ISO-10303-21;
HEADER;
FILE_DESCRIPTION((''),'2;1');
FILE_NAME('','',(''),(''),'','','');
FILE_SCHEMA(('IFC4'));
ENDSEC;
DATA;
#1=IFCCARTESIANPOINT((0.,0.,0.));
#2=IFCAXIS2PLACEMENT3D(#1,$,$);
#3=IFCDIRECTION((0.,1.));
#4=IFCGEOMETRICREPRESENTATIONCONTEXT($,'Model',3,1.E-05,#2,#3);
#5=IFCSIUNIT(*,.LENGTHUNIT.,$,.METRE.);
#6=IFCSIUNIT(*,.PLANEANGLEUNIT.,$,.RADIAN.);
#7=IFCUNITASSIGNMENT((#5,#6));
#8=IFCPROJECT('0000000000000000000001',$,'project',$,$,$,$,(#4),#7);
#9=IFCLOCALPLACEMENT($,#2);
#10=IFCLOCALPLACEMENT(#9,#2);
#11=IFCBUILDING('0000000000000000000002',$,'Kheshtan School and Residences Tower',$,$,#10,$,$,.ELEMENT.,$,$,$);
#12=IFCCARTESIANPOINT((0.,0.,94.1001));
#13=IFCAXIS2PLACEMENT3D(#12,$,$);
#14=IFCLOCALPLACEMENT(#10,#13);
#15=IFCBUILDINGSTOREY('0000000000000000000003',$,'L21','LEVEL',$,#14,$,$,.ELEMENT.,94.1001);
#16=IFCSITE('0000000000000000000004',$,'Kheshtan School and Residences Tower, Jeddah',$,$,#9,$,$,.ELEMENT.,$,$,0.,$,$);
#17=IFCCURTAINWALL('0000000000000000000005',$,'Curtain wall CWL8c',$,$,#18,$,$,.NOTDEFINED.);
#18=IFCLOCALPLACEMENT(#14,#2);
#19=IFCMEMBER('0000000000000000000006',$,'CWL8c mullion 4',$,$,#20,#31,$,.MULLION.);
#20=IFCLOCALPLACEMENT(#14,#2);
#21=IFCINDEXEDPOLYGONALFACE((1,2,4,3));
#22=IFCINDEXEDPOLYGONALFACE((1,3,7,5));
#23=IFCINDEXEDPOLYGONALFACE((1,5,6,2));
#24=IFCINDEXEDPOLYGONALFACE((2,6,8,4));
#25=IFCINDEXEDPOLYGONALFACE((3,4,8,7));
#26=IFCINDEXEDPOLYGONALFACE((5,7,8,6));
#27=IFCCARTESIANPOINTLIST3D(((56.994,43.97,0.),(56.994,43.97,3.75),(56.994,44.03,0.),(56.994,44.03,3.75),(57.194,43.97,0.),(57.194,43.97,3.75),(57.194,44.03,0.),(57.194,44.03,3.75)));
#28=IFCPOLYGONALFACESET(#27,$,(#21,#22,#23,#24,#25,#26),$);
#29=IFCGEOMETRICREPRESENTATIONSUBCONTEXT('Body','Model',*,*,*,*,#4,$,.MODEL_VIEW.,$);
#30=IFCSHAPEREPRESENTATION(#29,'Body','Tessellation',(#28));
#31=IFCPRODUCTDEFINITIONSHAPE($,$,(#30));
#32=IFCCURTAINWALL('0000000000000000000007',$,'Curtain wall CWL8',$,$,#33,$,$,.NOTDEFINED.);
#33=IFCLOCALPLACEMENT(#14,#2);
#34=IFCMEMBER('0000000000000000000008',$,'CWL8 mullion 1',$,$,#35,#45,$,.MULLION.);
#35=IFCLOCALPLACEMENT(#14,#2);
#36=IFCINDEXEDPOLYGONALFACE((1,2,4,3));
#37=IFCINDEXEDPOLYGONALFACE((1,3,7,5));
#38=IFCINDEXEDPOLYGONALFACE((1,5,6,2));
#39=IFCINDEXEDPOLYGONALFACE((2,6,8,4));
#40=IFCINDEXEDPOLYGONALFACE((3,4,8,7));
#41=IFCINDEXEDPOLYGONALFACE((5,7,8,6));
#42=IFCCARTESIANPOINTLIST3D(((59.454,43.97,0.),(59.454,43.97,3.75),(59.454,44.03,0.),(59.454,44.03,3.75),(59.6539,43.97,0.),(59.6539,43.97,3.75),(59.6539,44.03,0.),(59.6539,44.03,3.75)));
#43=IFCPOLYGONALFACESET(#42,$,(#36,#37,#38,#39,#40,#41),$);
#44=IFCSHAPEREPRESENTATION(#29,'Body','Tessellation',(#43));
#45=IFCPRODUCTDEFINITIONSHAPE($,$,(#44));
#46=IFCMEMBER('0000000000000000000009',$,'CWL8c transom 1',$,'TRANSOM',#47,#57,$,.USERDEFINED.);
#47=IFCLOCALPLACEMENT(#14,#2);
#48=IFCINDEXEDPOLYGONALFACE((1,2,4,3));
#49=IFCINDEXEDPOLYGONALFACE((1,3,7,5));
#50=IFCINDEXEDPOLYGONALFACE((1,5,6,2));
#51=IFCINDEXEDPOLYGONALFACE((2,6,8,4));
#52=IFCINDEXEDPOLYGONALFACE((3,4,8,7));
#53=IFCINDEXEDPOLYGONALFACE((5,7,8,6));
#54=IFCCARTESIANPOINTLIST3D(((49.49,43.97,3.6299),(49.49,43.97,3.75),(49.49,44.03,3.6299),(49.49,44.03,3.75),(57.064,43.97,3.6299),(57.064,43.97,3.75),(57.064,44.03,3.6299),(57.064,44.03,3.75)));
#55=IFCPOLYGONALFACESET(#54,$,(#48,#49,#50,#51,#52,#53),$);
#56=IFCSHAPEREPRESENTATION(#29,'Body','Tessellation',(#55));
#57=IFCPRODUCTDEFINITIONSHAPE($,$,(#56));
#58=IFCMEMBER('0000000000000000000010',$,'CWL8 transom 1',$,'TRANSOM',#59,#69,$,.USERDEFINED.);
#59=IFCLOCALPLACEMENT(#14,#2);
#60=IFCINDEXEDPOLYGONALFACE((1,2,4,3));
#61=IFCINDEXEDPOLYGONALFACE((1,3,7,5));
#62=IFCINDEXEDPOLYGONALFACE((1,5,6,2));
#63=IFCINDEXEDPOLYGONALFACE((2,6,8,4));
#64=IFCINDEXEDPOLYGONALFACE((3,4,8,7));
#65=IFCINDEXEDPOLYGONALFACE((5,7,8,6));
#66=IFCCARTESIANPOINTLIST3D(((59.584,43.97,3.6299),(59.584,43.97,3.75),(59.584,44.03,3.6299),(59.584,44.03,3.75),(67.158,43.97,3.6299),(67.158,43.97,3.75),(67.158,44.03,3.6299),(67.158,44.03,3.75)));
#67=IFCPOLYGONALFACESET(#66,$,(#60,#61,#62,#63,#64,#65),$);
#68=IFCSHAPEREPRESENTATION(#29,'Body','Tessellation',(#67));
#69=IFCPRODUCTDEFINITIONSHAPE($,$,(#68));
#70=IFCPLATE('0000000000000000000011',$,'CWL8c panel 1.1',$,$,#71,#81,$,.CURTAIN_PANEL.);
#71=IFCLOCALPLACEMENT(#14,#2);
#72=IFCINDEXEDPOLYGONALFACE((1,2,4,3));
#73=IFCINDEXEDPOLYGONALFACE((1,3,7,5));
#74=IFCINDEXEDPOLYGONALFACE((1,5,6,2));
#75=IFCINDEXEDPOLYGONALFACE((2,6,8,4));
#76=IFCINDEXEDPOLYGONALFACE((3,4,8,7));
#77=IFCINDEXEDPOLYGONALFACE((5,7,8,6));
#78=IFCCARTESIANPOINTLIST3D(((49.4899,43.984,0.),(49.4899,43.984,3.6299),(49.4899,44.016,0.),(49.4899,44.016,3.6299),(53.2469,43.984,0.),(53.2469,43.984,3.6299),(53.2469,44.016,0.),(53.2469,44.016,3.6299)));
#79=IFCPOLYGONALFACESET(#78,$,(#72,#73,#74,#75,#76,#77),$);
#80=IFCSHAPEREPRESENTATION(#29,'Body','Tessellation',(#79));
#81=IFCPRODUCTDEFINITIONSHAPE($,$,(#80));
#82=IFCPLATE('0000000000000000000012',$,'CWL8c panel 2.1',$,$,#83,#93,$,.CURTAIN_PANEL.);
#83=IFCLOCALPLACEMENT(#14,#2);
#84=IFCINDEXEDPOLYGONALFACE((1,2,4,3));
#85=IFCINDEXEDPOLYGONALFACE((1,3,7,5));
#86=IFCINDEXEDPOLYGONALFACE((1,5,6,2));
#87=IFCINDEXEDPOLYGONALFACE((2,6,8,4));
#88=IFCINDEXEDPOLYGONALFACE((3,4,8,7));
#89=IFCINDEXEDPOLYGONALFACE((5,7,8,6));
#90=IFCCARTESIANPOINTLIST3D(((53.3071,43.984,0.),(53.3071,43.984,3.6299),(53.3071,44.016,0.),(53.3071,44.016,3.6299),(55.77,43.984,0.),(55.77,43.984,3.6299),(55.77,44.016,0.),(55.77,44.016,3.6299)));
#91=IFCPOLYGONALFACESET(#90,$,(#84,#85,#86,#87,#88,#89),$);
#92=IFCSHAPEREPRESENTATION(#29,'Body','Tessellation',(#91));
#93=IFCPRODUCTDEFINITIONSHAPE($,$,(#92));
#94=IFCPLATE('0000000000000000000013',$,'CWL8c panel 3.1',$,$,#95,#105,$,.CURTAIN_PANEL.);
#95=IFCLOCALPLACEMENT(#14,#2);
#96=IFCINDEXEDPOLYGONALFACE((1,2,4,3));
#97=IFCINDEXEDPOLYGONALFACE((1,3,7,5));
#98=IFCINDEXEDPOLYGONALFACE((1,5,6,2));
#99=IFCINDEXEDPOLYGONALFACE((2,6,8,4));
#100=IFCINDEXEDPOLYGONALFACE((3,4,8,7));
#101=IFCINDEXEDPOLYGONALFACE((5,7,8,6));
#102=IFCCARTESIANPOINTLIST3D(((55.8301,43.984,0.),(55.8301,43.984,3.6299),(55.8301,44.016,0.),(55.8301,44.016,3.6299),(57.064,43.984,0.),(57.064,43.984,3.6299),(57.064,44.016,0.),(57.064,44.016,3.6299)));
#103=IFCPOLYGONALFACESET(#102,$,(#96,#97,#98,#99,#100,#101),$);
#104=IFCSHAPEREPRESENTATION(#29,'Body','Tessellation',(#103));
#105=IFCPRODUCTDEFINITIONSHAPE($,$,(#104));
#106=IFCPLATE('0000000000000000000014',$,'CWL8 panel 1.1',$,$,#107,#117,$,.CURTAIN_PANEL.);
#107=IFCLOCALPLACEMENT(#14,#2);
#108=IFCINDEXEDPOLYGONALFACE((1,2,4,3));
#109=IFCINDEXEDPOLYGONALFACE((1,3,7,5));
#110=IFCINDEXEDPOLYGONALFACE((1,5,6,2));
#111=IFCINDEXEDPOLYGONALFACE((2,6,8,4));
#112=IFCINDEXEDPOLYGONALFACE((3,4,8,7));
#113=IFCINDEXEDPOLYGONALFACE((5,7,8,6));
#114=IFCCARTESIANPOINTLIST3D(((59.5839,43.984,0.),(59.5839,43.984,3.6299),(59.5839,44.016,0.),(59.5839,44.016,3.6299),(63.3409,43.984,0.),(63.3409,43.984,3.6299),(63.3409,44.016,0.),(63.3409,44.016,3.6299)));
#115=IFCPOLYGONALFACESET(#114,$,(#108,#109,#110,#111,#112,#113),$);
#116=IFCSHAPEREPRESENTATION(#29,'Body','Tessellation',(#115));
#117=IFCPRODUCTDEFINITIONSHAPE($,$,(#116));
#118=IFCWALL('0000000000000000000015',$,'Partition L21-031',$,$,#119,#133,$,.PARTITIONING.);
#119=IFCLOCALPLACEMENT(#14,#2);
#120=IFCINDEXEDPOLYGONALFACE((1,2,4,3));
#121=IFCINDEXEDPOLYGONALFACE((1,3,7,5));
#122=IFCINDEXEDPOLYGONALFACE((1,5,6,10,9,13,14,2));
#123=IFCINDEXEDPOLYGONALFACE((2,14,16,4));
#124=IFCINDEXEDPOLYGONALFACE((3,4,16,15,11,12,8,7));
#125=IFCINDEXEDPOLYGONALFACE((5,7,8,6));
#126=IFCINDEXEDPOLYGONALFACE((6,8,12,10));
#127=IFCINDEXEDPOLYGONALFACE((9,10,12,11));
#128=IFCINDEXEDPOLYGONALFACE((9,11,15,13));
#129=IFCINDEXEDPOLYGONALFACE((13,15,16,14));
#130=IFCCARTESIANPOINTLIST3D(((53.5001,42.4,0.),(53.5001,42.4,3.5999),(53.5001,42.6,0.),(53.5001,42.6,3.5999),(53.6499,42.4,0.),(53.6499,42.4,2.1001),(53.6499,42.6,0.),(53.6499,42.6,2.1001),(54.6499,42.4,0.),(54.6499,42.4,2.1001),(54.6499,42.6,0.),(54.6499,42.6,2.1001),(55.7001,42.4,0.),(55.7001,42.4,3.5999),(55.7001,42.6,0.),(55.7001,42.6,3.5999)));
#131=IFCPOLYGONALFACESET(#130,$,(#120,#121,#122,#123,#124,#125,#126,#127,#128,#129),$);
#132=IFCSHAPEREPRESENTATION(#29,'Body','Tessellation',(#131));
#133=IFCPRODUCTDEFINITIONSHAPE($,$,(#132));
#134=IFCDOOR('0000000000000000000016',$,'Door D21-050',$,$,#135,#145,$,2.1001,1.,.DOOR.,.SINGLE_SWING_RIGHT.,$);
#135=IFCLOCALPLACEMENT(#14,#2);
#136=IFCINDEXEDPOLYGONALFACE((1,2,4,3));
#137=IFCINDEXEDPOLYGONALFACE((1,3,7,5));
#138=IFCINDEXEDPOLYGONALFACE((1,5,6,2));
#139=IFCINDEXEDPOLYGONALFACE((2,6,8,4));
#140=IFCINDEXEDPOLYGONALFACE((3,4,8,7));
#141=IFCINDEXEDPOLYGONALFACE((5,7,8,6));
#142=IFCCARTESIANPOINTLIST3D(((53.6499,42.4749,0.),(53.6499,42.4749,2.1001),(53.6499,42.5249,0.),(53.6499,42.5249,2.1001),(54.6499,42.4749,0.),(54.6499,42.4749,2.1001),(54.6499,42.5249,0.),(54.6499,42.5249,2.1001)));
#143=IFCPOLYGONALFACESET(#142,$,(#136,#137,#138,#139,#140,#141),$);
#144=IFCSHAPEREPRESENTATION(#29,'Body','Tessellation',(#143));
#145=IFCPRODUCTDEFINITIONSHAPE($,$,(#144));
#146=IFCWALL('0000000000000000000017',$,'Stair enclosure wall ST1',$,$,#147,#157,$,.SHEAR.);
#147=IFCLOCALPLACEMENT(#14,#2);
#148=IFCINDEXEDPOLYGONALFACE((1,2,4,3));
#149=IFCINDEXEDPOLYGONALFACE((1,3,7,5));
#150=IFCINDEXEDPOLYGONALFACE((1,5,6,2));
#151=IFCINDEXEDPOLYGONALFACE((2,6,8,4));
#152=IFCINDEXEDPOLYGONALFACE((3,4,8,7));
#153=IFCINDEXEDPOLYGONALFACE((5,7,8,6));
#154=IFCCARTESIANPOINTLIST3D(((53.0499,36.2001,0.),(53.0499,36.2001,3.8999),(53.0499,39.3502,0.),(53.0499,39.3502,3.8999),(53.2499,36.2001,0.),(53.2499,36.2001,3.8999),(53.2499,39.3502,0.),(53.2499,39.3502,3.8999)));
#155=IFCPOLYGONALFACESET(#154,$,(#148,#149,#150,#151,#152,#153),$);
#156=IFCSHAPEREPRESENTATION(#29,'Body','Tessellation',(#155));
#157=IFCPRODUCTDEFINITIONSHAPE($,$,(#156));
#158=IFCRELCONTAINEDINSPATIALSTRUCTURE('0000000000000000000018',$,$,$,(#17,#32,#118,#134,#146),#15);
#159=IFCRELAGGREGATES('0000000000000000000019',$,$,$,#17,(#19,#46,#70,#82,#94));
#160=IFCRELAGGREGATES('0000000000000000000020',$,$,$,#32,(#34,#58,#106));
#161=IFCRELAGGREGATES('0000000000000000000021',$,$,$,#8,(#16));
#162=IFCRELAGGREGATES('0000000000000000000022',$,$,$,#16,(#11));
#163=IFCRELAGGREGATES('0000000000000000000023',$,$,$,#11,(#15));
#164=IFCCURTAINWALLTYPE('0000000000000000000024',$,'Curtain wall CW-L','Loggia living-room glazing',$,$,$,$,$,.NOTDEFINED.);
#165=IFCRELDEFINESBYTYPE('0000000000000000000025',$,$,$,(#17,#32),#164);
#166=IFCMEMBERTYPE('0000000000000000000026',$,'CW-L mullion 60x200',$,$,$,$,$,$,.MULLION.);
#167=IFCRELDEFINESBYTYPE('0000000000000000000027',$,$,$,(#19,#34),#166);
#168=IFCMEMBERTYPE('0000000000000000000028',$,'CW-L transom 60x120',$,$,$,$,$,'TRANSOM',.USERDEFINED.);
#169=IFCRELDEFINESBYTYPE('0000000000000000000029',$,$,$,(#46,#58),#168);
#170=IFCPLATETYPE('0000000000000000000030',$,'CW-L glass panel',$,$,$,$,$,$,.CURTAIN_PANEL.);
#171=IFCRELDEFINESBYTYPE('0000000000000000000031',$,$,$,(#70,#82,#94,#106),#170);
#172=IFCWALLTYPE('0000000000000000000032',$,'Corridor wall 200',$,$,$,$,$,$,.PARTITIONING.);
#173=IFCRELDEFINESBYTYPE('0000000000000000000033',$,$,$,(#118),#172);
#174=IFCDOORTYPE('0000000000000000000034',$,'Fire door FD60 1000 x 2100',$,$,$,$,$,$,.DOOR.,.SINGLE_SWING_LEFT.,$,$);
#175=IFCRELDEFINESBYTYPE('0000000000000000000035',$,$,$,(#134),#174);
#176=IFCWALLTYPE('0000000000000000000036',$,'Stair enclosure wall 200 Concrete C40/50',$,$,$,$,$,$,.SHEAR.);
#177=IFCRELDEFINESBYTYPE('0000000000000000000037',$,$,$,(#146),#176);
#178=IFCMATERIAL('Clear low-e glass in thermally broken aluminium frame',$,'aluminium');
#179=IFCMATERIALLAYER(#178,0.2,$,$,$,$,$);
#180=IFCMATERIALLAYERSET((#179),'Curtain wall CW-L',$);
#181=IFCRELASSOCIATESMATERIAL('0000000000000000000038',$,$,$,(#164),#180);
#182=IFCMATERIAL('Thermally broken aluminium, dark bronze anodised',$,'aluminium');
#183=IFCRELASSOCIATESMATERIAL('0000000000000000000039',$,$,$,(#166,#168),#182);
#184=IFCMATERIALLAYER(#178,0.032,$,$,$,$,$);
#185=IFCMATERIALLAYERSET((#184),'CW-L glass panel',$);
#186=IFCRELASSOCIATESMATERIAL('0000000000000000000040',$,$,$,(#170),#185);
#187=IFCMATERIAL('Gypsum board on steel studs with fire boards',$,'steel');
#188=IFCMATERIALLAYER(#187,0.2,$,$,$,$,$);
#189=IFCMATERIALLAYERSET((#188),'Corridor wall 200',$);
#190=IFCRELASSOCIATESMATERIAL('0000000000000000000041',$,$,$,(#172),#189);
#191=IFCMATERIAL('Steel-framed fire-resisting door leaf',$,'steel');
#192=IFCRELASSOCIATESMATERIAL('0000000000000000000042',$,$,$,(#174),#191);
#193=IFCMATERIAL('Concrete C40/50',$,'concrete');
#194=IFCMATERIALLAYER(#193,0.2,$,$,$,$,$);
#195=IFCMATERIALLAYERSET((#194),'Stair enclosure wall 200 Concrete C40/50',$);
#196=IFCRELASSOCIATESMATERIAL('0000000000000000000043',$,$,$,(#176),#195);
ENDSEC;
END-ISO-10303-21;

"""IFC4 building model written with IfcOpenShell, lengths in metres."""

from ifc_helpers import new_model, si_unit, direction, frame, frame_2d, origin, origin_2d, place, context, subcontext, project, spatial, rectangle, extrude, source, transform, mapped, material, layer, layer_set, material_profile, profile_set, type_object, element, fill, aggregate, save


model = new_model("IFC4")

# Units and contexts
model_context = context("Model", 3, precision=1e-05, world=origin(), true_north=direction((0.0, 1.0)))
body_context = subcontext(model_context, "Body", "Model", "MODEL_VIEW")
ifc_project = project(units=[si_unit("LENGTHUNIT", "METRE"), si_unit("PLANEANGLEUNIT", "RADIAN")], contexts=[model_context])

# Site, building, storey
site_placement = place(None, origin())
site = spatial("IfcSite", under=ifc_project, at=site_placement, Name="Kheshtan School and Residences Tower, Jeddah", CompositionType="ELEMENT", RefElevation=0.0)
building_placement = place(site_placement, origin())
building = spatial("IfcBuilding", under=site, at=building_placement, Name="Kheshtan School and Residences Tower", CompositionType="ELEMENT")
storey_placement = place(building_placement, frame((0.0, 0.0, 94.1001)))
storey = spatial("IfcBuildingStorey", under=building, at=storey_placement, Name="L21", Description="LEVEL", CompositionType="ELEMENT", Elevation=94.1001)

# Curtain wall, member
ifc_material_1 = material(Name="Clear low-e glass in thermally broken aluminium frame", Category="aluminium")
ifc_layer_1 = layer(ifc_material_1, 0.2)
ifc_layer_set_1 = layer_set([ifc_layer_1], Name="Curtain wall CW-L")
curtain_wall_type = type_object("IfcCurtainWallType", Name="Curtain wall CW-L", Description="Loggia living-room glazing", PredefinedType="NOTDEFINED", material=ifc_layer_set_1)
curtain_wall_1_placement = place(storey_placement, origin())
curtain_wall_1 = element("IfcCurtainWall", 1, at=curtain_wall_1_placement, inside=storey, type_object=curtain_wall_type, Name="Curtain wall CWL8c", PredefinedType="NOTDEFINED")
ifc_material_2 = material(Name="Thermally broken aluminium, dark bronze anodised", Category="aluminium")
ifc_material_profile_1 = material_profile(ifc_material_2, rectangle(XDim=0.0601, YDim=0.2, at=origin_2d()), Name="CW-L mullion 60x200")
ifc_profile_set_1 = profile_set([ifc_material_profile_1], Name="Thermally broken aluminium, dark bronze anodised")
member_type_1 = type_object("IfcMemberType", Name="CW-L mullion 60x200", PredefinedType="MULLION", material=ifc_profile_set_1)
member_1_placement = place(storey_placement, frame((57.094, 44.0, 0.0), z_axis=(0.0, 0.0, 1.0), x_axis=(0.0, 1.0, 0.0)))
member_1 = element("IfcMember", 2, at=member_1_placement, type_object=member_type_1, Name="CWL8c mullion 4", PredefinedType="MULLION", context=body_context, shape_type="SweptSolid", body=[
    extrude(rectangle(XDim=0.0601, YDim=0.2, at=origin_2d()), origin(), (0.0, 0.0, 1.0), 3.75),
])

# Curtain wall, member
curtain_wall_2_placement = place(storey_placement, origin())
curtain_wall_2 = element("IfcCurtainWall", 3, at=curtain_wall_2_placement, inside=storey, type_object=curtain_wall_type, Name="Curtain wall CWL8", PredefinedType="NOTDEFINED")
member_2_placement = place(storey_placement, frame((59.554, 44.0, 0.0), z_axis=(0.0, 0.0, 1.0), x_axis=(0.0, 1.0, 0.0)))
member_2 = element("IfcMember", 4, at=member_2_placement, type_object=member_type_1, Name="CWL8 mullion 1", PredefinedType="MULLION", context=body_context, shape_type="SweptSolid", body=[
    extrude(rectangle(XDim=0.0601, YDim=0.2, at=origin_2d()), origin(), (0.0, 0.0, 1.0), 3.75),
])

# Members
ifc_material_profile_2 = material_profile(ifc_material_2, rectangle(XDim=0.0601, YDim=0.1201, at=origin_2d()), Name="CW-L transom 60x120")
ifc_profile_set_2 = profile_set([ifc_material_profile_2], Name="Thermally broken aluminium, dark bronze anodised")
member_type_2 = type_object("IfcMemberType", Name="CW-L transom 60x120", ElementType="TRANSOM", PredefinedType="USERDEFINED", material=ifc_profile_set_2)
member_3_placement = place(storey_placement, frame((49.49, 44.0, 3.6899), z_axis=(1.0, 0.0, 0.0), x_axis=(0.0, 1.0, 0.0)))
member_3 = element("IfcMember", 5, at=member_3_placement, type_object=member_type_2, Name="CWL8c transom 1", ObjectType="TRANSOM", PredefinedType="USERDEFINED", context=body_context, shape_type="SweptSolid", body=[
    extrude(rectangle(XDim=0.0601, YDim=0.1201, at=origin_2d()), origin(), (0.0, 0.0, 1.0), 7.574),
])
member_4_placement = place(storey_placement, frame((59.584, 44.0, 3.6899), z_axis=(1.0, 0.0, 0.0), x_axis=(0.0, 1.0, 0.0)))
member_4 = element("IfcMember", 6, at=member_4_placement, type_object=member_type_2, Name="CWL8 transom 1", ObjectType="TRANSOM", PredefinedType="USERDEFINED", context=body_context, shape_type="SweptSolid", body=[
    extrude(rectangle(XDim=0.0601, YDim=0.1201, at=origin_2d()), origin(), (0.0, 0.0, 1.0), 7.574),
])

# Plates
ifc_layer_2 = layer(ifc_material_1, 0.032)
ifc_layer_set_2 = layer_set([ifc_layer_2], Name="CW-L glass panel")
plate_type = type_object("IfcPlateType", Name="CW-L glass panel", PredefinedType="CURTAIN_PANEL", material=ifc_layer_set_2)
plate_1_placement = place(storey_placement, frame((51.3684, 44.0, 0.0), z_axis=(0.0, 0.0, 1.0), x_axis=(1.0, 0.0, 0.0)))
plate_1 = element("IfcPlate", 7, at=plate_1_placement, type_object=plate_type, Name="CWL8c panel 1.1", PredefinedType="CURTAIN_PANEL", context=body_context, shape_type="SweptSolid", body=[
    extrude(rectangle(XDim=3.7571, YDim=0.032, at=origin_2d()), origin(), (0.0, 0.0, 1.0), 3.6299),
])
plate_2_placement = place(storey_placement, frame((54.5386, 44.0, 0.0), z_axis=(0.0, 0.0, 1.0), x_axis=(1.0, 0.0, 0.0)))
plate_2 = element("IfcPlate", 8, at=plate_2_placement, type_object=plate_type, Name="CWL8c panel 2.1", PredefinedType="CURTAIN_PANEL", context=body_context, shape_type="SweptSolid", body=[
    extrude(rectangle(XDim=2.4629, YDim=0.032, at=origin_2d()), origin(), (0.0, 0.0, 1.0), 3.6299),
])
plate_3_placement = place(storey_placement, frame((56.447, 44.0, 0.0), z_axis=(0.0, 0.0, 1.0), x_axis=(1.0, 0.0, 0.0)))
plate_3 = element("IfcPlate", 9, at=plate_3_placement, type_object=plate_type, Name="CWL8c panel 3.1", PredefinedType="CURTAIN_PANEL", context=body_context, shape_type="SweptSolid", body=[
    extrude(rectangle(XDim=1.2339, YDim=0.032, at=origin_2d()), origin(), (0.0, 0.0, 1.0), 3.6299),
])
aggregate(curtain_wall_1, [member_1, member_3, plate_1, plate_2, plate_3])
plate_4_placement = place(storey_placement, frame((61.4624, 44.0, 0.0), z_axis=(0.0, 0.0, 1.0), x_axis=(1.0, 0.0, 0.0)))
plate_4 = element("IfcPlate", 10, at=plate_4_placement, type_object=plate_type, Name="CWL8 panel 1.1", PredefinedType="CURTAIN_PANEL", context=body_context, shape_type="SweptSolid", body=[
    extrude(rectangle(XDim=3.7571, YDim=0.032, at=origin_2d()), origin(), (0.0, 0.0, 1.0), 3.6299),
])
aggregate(curtain_wall_2, [member_2, member_4, plate_4])

# Wall, opening, door
ifc_material_3 = material(Name="Gypsum board on steel studs with fire boards", Category="steel")
ifc_layer_3 = layer(ifc_material_3, 0.2)
ifc_layer_set_3 = layer_set([ifc_layer_3], Name="Corridor wall 200")
wall_type_1 = type_object("IfcWallType", Name="Corridor wall 200", PredefinedType="PARTITIONING", material=ifc_layer_set_3)
wall_1_placement = place(storey_placement, frame((53.5, 42.5, 0.0), z_axis=(0.0, 0.0, 1.0), x_axis=(1.0, 0.0, 0.0)))
wall_1 = element("IfcWall", 11, at=wall_1_placement, inside=storey, type_object=wall_type_1, Name="Partition L21-031", PredefinedType="PARTITIONING", context=body_context, shape_type="SweptSolid", body=[
    extrude(rectangle(XDim=2.2, YDim=0.2, at=frame_2d((1.1001, 0.0))), origin(), (0.0, 0.0, 1.0), 3.5999),
])
opening_1_placement = place(wall_1_placement, frame((0.1499, 0.0, 0.0)))
opening_1 = element("IfcOpeningElement", 12, at=opening_1_placement, cuts=wall_1, PredefinedType="OPENING", context=body_context, shape_type="SweptSolid", body=[
    extrude(rectangle(XDim=1.0, YDim=2.1001, at=frame_2d((0.5, 1.05))), frame((0.0, 0.1099, 0.0), z_axis=(0.0, -1.0, 0.0), x_axis=(1.0, 0.0, 0.0)), (0.0, 0.0, 1.0), 0.22),
])
ifc_material_4 = material(Name="Steel-framed fire-resisting door leaf", Category="steel")
door_type_1 = type_object("IfcDoorType", Name="Fire door FD60 1000 x 2100", OperationType="SINGLE_SWING_LEFT", PredefinedType="DOOR", material=ifc_material_4)
shared_shape_1 = source(origin(), body_context, "Body", "SweptSolid", [
    extrude(rectangle(XDim=1.0, YDim=2.1001, at=frame_2d((0.5, 1.05))), frame((0.0, 0.0249, 0.0), z_axis=(0.0, -1.0, 0.0), x_axis=(1.0, 0.0, 0.0)), (0.0, 0.0, 1.0), 0.05),
])
door_1_placement = place(opening_1_placement, origin())
door_1 = element("IfcDoor", 13, at=door_1_placement, inside=storey, type_object=door_type_1, Name="Door D21-050", OperationType="SINGLE_SWING_RIGHT", OverallHeight=2.1001, OverallWidth=1.0, PredefinedType="DOOR", context=body_context, shape_type="MappedRepresentation", body=[
    mapped(shared_shape_1, transform((0.0, 0.0, 0.0), x_axis=(1.0, 0.0, 0.0), y_axis=(0.0, 1.0, 0.0), z_axis=(0.0, 0.0, 1.0), scale=1.0)),
])
fill(opening_1, door_1)

# Wall
ifc_material_5 = material(Name="Concrete C40/50", Category="concrete")
ifc_layer_4 = layer(ifc_material_5, 0.2)
ifc_layer_set_4 = layer_set([ifc_layer_4], Name="Stair enclosure wall 200 Concrete C40/50")
wall_type_2 = type_object("IfcWallType", Name="Stair enclosure wall 200 Concrete C40/50", PredefinedType="SHEAR", material=ifc_layer_set_4)
wall_2_placement = place(storey_placement, frame((53.1499, 36.2, 0.0), z_axis=(0.0, 0.0, 1.0), x_axis=(0.0, 1.0, 0.0)))
element("IfcWall", 14, at=wall_2_placement, inside=storey, type_object=wall_type_2, Name="Stair enclosure wall ST1", PredefinedType="SHEAR", context=body_context, shape_type="SweptSolid", body=[
    extrude(rectangle(XDim=3.1501, YDim=0.2, at=frame_2d((1.5752, 0.0))), origin(), (0.0, 0.0, 1.0), 3.8999),
])

save(model, "model.ifc")
